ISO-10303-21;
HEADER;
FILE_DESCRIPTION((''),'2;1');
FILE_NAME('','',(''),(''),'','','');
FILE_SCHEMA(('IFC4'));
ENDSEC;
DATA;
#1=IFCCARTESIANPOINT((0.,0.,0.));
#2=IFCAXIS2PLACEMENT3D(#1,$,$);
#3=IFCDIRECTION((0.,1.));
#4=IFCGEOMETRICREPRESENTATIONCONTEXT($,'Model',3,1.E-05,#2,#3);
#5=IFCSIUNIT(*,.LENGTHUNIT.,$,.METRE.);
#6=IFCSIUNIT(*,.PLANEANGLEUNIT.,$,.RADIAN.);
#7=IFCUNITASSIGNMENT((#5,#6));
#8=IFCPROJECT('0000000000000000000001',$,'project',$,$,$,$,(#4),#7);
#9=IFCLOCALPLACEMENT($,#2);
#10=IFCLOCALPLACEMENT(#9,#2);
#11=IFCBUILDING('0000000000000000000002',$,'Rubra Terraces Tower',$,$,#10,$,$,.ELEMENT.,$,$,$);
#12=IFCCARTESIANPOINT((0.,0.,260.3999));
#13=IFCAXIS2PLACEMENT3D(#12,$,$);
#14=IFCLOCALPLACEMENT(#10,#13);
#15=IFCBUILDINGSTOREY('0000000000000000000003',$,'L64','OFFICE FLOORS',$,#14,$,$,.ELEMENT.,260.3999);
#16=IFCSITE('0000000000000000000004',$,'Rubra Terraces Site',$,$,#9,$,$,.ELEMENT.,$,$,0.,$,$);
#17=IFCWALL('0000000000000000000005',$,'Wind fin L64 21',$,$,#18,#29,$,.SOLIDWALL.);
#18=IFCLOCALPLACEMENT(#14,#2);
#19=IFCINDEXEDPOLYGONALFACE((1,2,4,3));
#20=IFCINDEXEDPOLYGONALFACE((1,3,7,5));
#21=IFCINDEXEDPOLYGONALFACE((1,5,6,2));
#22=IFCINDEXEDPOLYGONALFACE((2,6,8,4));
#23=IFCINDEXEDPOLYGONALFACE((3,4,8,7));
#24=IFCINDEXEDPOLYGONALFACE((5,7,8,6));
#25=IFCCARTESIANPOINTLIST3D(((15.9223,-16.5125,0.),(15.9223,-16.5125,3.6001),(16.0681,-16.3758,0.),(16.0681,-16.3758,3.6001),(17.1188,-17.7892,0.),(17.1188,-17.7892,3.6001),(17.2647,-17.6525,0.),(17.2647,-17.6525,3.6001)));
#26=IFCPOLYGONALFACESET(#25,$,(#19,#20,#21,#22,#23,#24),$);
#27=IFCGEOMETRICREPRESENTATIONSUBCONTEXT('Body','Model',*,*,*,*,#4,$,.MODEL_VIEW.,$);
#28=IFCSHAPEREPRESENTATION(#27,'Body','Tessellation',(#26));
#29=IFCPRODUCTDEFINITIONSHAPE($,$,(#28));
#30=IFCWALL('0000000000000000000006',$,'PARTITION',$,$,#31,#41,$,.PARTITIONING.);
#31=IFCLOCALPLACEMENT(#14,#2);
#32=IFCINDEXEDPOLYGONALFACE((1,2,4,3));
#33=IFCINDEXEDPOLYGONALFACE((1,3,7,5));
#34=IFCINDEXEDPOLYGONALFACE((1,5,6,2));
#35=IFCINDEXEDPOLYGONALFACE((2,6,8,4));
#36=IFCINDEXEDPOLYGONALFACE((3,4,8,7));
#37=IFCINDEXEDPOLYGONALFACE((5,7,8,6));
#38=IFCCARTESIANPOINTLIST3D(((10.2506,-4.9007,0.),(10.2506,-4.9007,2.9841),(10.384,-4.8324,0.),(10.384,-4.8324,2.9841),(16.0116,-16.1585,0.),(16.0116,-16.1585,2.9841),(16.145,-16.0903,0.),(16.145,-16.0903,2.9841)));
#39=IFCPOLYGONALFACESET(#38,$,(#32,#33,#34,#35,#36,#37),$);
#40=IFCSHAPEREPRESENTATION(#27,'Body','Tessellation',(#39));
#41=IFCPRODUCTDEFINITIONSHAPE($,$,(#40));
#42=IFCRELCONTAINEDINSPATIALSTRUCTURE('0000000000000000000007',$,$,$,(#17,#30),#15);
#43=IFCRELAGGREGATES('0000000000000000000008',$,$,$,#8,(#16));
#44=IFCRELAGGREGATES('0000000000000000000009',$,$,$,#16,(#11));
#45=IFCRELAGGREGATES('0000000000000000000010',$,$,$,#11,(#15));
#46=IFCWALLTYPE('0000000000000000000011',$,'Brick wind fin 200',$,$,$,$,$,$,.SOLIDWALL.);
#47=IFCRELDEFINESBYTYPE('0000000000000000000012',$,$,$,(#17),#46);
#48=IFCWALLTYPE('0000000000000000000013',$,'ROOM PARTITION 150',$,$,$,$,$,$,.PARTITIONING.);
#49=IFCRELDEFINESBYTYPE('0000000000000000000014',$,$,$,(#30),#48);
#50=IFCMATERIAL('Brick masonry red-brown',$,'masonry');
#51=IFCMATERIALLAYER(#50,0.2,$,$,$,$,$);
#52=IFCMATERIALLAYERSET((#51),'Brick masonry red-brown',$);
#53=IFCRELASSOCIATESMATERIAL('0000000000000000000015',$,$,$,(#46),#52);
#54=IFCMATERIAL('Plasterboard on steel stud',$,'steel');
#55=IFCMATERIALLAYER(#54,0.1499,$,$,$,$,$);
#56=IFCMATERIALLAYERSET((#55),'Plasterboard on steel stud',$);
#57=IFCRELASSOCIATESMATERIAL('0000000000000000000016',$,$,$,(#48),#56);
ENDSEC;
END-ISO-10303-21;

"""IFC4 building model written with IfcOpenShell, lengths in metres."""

from ifc_helpers import new_model, si_unit, direction, frame, frame_2d, origin, place, context, subcontext, project, spatial, rectangle, extrude, material, layer, layer_set, type_object, element, save


model = new_model("IFC4")

# Units and contexts
model_context = context("Model", 3, precision=1e-05, world=origin(), true_north=direction((0.0, 1.0)))
body_context = subcontext(model_context, "Body", "Model", "MODEL_VIEW")
ifc_project = project(units=[si_unit("LENGTHUNIT", "METRE"), si_unit("PLANEANGLEUNIT", "RADIAN")], contexts=[model_context])

# Site, building, storey
site_placement = place(None, origin())
site = spatial("IfcSite", under=ifc_project, at=site_placement, Name="Rubra Terraces Site", CompositionType="ELEMENT", RefElevation=0.0)
building_placement = place(site_placement, origin())
building = spatial("IfcBuilding", under=site, at=building_placement, Name="Rubra Terraces Tower", CompositionType="ELEMENT")
storey_placement = place(building_placement, frame((0.0, 0.0, 260.3999)))
storey = spatial("IfcBuildingStorey", under=building, at=storey_placement, Name="L64", Description="OFFICE FLOORS", CompositionType="ELEMENT", Elevation=260.3999)

# Shared definitions
ifc_material_1 = material(Name="Brick masonry red-brown", Category="masonry")

# Walls
ifc_layer_1 = layer(ifc_material_1, 0.2)
ifc_layer_set_1 = layer_set([ifc_layer_1], Name="Brick masonry red-brown")
wall_type_1 = type_object("IfcWallType", Name="Brick wind fin 200", PredefinedType="SOLIDWALL", material=ifc_layer_set_1)
wall_1_placement = place(storey_placement, frame((15.9951, -16.4441, 0.0), z_axis=(0.0, 0.0, 1.0), x_axis=(0.683853, -0.72962, 0.0)))
element("IfcWall", 1, at=wall_1_placement, inside=storey, type_object=wall_type_1, Name="Wind fin L64 21", PredefinedType="SOLIDWALL", context=body_context, shape_type="SweptSolid", body=[
    extrude(rectangle(XDim=1.7498, YDim=0.2, at=frame_2d((0.875, 0.0))), origin(), (0.0, 0.0, 1.0), 3.6001),
])
ifc_material_2 = material(Name="Plasterboard on steel stud", Category="steel")
ifc_layer_2 = layer(ifc_material_2, 0.1499)
ifc_layer_set_2 = layer_set([ifc_layer_2], Name="Plasterboard on steel stud")
wall_type_2 = type_object("IfcWallType", Name="ROOM PARTITION 150", PredefinedType="PARTITIONING", material=ifc_layer_set_2)
wall_2_placement = place(storey_placement, frame((16.0784, -16.1245, 0.0), z_axis=(0.0, 0.0, 1.0), x_axis=(-0.455549, 0.89021, 0.0)))
element("IfcWall", 2, at=wall_2_placement, inside=storey, type_object=wall_type_2, Name="PARTITION", PredefinedType="PARTITIONING", context=body_context, shape_type="SweptSolid", body=[
    extrude(rectangle(XDim=12.6462, YDim=0.1499, at=frame_2d((6.3232, 0.0))), origin(), (0.0, 0.0, 1.0), 2.9841),
])

save(model, "model.ifc")
